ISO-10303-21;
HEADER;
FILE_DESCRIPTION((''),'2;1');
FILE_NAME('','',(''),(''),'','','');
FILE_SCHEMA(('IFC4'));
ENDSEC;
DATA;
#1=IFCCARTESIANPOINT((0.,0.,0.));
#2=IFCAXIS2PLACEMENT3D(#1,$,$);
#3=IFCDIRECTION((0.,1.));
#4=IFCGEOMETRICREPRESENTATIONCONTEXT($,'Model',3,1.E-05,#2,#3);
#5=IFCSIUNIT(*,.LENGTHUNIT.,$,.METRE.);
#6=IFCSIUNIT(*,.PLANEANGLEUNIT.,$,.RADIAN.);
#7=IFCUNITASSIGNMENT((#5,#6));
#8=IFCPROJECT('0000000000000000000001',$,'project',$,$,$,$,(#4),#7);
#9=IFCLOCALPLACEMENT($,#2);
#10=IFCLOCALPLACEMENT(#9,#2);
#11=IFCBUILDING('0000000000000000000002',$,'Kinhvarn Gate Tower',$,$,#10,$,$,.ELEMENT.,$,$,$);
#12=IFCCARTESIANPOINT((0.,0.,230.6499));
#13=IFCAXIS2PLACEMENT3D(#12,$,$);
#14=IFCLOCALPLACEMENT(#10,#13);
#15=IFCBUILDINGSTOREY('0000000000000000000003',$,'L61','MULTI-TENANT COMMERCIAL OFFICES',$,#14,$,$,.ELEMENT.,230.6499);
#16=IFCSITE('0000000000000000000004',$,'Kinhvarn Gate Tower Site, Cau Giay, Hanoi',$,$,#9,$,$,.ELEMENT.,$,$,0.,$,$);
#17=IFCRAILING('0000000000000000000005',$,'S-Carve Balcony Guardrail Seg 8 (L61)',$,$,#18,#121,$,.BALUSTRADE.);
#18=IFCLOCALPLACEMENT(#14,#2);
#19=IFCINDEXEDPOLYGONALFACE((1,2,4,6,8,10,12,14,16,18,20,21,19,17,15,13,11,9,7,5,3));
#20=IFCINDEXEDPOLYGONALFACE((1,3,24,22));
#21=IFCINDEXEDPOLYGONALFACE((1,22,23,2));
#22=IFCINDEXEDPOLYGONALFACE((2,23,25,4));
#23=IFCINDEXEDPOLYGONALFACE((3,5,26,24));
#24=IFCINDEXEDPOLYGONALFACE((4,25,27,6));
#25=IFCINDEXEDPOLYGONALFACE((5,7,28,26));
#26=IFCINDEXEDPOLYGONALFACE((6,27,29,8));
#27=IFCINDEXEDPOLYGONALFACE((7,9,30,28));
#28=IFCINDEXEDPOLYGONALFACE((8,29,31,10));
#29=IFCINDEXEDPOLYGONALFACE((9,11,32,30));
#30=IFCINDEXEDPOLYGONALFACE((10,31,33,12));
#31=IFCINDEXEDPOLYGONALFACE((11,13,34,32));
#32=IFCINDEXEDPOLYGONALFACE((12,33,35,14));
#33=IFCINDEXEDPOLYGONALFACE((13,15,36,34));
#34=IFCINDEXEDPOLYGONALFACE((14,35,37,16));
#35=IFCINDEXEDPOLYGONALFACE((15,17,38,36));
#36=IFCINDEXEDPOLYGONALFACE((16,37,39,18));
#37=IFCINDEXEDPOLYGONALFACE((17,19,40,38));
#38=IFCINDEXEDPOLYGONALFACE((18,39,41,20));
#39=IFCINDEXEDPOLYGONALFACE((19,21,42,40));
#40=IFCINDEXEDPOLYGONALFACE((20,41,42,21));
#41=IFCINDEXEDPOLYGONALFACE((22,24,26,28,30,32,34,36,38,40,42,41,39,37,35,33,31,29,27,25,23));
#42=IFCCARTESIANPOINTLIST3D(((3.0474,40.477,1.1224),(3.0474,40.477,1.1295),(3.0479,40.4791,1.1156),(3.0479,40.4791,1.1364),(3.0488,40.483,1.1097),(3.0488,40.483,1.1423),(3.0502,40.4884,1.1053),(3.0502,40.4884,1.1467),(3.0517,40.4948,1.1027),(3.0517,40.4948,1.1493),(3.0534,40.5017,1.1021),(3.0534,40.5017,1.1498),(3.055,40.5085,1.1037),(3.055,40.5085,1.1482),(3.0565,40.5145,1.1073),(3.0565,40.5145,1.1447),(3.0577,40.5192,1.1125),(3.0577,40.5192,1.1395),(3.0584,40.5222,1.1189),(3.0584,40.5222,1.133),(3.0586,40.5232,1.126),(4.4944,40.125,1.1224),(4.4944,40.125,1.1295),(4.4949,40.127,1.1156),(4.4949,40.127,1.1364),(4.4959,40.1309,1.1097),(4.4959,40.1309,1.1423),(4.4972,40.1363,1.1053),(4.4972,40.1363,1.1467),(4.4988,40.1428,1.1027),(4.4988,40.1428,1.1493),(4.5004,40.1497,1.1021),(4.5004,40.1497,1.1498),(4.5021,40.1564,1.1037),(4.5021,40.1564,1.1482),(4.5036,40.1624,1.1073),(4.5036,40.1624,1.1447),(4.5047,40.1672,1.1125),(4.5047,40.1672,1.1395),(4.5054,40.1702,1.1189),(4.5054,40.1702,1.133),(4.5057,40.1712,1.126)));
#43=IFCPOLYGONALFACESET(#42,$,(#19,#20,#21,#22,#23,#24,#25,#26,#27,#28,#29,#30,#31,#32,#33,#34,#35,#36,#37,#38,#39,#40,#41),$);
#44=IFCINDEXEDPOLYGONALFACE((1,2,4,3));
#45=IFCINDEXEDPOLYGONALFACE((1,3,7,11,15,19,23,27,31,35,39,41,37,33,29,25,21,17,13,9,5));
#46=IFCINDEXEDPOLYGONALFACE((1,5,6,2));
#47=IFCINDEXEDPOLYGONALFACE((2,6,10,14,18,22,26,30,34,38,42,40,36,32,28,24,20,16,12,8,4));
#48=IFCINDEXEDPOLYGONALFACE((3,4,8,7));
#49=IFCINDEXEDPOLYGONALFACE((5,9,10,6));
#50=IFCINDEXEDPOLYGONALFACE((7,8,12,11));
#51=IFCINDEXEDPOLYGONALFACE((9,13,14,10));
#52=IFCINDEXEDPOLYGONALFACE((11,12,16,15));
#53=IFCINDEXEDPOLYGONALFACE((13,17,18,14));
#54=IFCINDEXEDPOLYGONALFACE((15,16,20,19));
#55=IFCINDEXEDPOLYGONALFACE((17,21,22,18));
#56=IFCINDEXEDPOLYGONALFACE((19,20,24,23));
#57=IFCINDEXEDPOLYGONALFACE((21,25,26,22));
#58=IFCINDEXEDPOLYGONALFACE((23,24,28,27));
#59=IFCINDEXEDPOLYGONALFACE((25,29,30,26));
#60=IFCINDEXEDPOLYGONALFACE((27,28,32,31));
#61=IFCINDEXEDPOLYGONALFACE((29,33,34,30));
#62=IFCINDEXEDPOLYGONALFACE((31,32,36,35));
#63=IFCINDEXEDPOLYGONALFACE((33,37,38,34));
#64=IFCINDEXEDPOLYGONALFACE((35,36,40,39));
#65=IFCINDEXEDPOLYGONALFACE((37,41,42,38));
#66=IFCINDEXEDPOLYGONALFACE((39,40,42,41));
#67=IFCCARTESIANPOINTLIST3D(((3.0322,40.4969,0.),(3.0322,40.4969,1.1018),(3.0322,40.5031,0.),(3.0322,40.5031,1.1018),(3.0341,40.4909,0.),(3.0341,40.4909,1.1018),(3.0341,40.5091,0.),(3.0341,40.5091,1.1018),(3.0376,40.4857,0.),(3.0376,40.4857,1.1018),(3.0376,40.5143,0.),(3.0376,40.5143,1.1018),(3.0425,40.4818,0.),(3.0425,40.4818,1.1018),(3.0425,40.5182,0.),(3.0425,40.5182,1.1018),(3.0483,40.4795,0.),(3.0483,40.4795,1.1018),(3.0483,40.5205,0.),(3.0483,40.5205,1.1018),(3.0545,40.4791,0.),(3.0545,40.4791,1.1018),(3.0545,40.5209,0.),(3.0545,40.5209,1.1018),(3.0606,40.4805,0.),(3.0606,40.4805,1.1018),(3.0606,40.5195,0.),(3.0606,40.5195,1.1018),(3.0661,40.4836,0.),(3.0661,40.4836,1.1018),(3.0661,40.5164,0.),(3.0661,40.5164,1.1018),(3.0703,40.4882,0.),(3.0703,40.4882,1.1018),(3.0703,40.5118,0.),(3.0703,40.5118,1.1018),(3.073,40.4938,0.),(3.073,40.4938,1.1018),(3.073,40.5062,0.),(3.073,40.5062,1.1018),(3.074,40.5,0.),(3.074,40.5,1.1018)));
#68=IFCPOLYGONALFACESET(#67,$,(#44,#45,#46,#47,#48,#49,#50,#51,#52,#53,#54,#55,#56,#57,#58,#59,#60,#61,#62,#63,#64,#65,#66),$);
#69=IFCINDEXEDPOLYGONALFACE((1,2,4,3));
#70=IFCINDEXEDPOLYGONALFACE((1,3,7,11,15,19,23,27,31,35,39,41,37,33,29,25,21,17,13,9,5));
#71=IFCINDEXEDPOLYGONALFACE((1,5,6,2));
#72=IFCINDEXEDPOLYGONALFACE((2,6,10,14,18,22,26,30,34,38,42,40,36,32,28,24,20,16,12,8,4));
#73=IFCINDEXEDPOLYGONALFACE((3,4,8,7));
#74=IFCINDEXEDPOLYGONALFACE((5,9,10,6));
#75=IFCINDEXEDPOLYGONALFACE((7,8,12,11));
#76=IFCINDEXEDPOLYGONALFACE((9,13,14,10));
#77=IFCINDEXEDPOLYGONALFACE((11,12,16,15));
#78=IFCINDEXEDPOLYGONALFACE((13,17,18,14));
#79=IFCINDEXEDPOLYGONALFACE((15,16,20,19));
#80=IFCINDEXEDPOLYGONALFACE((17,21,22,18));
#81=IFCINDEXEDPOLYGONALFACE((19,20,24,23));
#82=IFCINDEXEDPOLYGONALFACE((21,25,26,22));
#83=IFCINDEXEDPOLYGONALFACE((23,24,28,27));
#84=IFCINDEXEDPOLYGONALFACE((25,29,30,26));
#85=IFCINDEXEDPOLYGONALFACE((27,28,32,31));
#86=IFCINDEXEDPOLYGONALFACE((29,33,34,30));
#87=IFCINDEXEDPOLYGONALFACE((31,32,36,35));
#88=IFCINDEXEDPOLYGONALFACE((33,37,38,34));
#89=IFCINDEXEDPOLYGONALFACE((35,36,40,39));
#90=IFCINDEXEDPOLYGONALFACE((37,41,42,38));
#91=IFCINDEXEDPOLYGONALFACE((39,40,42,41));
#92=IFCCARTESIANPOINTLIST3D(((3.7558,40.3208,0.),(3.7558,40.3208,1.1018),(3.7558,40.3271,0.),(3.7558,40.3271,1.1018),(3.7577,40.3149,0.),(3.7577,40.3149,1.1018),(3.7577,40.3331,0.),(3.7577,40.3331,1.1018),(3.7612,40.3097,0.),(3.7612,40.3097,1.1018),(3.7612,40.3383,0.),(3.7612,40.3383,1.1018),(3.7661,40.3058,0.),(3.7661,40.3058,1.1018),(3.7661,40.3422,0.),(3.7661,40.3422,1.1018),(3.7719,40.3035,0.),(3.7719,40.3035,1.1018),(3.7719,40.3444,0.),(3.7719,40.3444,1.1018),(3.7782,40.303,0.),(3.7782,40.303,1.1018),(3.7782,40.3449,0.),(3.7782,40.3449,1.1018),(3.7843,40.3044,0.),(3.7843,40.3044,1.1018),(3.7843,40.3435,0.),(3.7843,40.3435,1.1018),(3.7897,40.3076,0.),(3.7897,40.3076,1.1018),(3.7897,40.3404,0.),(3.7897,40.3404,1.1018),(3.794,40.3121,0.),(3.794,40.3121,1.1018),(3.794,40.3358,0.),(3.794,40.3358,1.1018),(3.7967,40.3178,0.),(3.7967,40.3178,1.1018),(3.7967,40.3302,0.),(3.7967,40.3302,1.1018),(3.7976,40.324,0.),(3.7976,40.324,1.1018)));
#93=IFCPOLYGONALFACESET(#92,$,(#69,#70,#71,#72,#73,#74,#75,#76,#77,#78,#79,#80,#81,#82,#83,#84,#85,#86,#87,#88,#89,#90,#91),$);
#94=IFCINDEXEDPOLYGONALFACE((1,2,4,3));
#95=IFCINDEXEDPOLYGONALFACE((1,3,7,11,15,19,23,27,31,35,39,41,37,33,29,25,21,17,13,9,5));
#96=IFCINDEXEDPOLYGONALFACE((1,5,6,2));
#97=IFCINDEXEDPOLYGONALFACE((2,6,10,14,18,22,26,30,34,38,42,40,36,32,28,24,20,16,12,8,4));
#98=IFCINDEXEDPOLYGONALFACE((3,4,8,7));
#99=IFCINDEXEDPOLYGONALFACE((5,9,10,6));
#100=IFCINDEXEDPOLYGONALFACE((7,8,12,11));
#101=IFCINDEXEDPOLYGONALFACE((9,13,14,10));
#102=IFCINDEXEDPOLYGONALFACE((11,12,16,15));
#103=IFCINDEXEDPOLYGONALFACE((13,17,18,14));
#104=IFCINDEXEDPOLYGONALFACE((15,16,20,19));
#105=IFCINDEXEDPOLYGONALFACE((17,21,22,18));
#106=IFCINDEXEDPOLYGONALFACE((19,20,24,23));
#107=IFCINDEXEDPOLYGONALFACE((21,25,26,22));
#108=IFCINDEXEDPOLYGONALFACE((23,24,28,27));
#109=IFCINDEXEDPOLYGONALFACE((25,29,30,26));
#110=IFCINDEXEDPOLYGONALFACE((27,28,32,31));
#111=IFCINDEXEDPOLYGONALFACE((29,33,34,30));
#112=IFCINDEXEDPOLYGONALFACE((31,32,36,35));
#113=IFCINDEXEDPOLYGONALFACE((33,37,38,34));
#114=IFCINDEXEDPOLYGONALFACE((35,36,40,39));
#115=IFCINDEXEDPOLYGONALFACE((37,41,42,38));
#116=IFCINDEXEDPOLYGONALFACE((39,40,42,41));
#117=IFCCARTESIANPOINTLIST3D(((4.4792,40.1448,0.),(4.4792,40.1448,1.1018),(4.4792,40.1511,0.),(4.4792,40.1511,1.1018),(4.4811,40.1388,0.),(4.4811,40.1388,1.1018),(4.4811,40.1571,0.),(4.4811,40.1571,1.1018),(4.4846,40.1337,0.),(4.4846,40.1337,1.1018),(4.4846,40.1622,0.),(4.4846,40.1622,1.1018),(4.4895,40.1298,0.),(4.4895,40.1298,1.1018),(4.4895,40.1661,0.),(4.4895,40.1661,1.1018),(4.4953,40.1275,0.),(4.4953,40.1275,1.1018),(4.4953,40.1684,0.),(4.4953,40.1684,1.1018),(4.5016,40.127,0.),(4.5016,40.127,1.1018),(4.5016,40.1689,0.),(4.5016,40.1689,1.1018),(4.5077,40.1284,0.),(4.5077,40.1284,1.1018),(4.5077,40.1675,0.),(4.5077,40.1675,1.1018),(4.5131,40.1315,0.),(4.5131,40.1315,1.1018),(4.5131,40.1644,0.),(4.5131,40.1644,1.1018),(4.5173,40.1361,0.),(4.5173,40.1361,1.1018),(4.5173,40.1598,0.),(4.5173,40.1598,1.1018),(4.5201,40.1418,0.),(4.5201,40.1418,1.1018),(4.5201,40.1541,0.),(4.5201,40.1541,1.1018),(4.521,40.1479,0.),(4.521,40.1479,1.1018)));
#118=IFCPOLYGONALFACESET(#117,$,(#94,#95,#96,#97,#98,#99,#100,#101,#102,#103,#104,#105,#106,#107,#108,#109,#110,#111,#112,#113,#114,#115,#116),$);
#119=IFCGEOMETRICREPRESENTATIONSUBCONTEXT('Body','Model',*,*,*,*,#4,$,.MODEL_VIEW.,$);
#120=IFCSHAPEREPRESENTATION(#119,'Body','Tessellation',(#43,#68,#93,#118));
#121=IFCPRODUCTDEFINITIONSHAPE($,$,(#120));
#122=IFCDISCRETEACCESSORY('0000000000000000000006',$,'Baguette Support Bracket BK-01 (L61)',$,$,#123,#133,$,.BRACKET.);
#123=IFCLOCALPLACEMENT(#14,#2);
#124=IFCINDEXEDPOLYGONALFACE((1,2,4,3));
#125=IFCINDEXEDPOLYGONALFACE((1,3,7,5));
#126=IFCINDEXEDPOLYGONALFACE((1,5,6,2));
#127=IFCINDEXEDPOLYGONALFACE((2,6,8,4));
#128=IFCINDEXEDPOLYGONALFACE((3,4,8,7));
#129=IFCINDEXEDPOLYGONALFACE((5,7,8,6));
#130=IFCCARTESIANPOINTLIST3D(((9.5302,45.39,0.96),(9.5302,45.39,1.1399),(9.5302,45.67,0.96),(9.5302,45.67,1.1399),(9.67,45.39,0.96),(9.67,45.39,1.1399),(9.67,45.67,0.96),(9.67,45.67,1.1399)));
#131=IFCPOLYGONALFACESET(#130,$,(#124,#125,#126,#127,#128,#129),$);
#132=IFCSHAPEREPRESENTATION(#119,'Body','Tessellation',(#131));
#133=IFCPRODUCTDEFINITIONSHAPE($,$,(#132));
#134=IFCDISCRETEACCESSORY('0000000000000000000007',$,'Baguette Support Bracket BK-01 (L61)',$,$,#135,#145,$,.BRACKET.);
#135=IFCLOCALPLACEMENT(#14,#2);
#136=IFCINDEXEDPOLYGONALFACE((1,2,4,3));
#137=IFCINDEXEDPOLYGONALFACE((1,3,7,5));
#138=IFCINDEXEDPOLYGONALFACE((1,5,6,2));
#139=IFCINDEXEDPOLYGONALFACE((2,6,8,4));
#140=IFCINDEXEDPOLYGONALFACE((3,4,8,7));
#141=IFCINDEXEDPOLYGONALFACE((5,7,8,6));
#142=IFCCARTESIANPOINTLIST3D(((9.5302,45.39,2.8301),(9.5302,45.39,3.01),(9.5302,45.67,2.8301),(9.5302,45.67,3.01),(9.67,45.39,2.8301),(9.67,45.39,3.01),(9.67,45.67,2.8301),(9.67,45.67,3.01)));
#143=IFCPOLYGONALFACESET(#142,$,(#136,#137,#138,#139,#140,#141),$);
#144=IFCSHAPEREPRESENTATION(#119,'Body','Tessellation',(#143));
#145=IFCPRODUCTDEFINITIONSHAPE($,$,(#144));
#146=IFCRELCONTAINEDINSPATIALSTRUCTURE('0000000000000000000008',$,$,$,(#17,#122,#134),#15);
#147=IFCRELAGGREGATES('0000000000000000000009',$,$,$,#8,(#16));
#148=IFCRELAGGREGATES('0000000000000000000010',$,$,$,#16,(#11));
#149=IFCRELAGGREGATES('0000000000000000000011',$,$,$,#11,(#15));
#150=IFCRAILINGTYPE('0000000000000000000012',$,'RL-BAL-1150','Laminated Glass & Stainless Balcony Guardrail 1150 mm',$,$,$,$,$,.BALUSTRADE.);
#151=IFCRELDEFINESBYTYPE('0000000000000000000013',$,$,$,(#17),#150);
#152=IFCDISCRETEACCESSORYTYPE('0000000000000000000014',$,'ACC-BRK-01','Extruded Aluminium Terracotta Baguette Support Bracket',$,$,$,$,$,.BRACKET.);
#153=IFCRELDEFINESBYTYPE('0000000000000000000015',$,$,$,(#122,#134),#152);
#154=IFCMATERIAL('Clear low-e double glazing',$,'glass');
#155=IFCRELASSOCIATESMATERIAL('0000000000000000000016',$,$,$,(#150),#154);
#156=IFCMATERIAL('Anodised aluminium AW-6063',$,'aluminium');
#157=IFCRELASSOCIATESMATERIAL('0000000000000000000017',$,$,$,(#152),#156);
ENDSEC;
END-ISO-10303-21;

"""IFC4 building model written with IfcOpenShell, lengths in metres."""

from ifc_helpers import new_model, si_unit, direction, frame, origin, origin_2d, place, context, subcontext, project, spatial, rectangle, circle, extrude, material, type_object, element, save


model = new_model("IFC4")

# Units and contexts
model_context = context("Model", 3, precision=1e-05, world=origin(), true_north=direction((0.0, 1.0)))
body_context = subcontext(model_context, "Body", "Model", "MODEL_VIEW")
ifc_project = project(units=[si_unit("LENGTHUNIT", "METRE"), si_unit("PLANEANGLEUNIT", "RADIAN")], contexts=[model_context])

# Site, building, storey
site_placement = place(None, origin())
site = spatial("IfcSite", under=ifc_project, at=site_placement, Name="Kinhvarn Gate Tower Site, Cau Giay, Hanoi", CompositionType="ELEMENT", RefElevation=0.0)
building_placement = place(site_placement, origin())
building = spatial("IfcBuilding", under=site, at=building_placement, Name="Kinhvarn Gate Tower", CompositionType="ELEMENT")
storey_placement = place(building_placement, frame((0.0, 0.0, 230.6499)))
storey = spatial("IfcBuildingStorey", under=building, at=storey_placement, Name="L61", Description="MULTI-TENANT COMMERCIAL OFFICES", CompositionType="ELEMENT", Elevation=230.6499)

# Shared definitions
ifc_material_1 = material(Name="Anodised aluminium AW-6063", Category="aluminium")

# Shared definitions
ifc_material_2 = material(Name="Clear low-e double glazing", Category="glass")

# Railing
railing_type = type_object("IfcRailingType", Name="RL-BAL-1150", Description="Laminated Glass & Stainless Balcony Guardrail 1150 mm", PredefinedType="BALUSTRADE", material=ifc_material_2)
railing_1_placement = place(storey_placement, frame((3.053, 40.5, 0.0)))
element("IfcRailing", 1, at=railing_1_placement, inside=storey, type_object=railing_type, Name="S-Carve Balcony Guardrail Seg 8 (L61)", PredefinedType="BALUSTRADE", context=body_context, shape_type="SweptSolid", body=[
    extrude(circle(Radius=0.0239, at=origin_2d()), frame((0.0, 0.0, 1.126), z_axis=(0.971656, -0.236398, 0.0), x_axis=(0.236398, 0.971656, 0.0)), (0.0, 0.0, 1.0), 1.4893),
    extrude(circle(Radius=0.021, at=origin_2d()), origin(), (0.0, 0.0, 1.0), 1.1018),
    extrude(circle(Radius=0.021, at=origin_2d()), frame((0.7236, -0.176, 0.0)), (0.0, 0.0, 1.0), 1.1018),
    extrude(circle(Radius=0.021, at=origin_2d()), frame((1.447, -0.3521, 0.0)), (0.0, 0.0, 1.0), 1.1018),
])

# Discrete accessories
discrete_accessory_type = type_object("IfcDiscreteAccessoryType", Name="ACC-BRK-01", Description="Extruded Aluminium Terracotta Baguette Support Bracket", PredefinedType="BRACKET", material=ifc_material_1)
for number, where, z_axis, x_axis, name in (
    (2, (9.6001, 45.53, 0.96), (0.0, 0.0, 1.0), (-1.0, 0.0, 0.0), "Baguette Support Bracket BK-01 (L61)"),
    (3, (9.6001, 45.53, 2.8301), (0.0, 0.0, 1.0), (-1.0, 0.0, 0.0), "Baguette Support Bracket BK-01 (L61)"),
):
    element("IfcDiscreteAccessory", number, at=place(storey_placement, frame(where, z_axis=z_axis, x_axis=x_axis)), inside=storey, type_object=discrete_accessory_type, Name=name, PredefinedType="BRACKET", context=body_context, shape_type="SweptSolid", body=[
        extrude(rectangle(XDim=0.1399, YDim=0.28, at=origin_2d()), origin(), (0.0, 0.0, 1.0), 0.1799),
    ])

save(model, "model.ifc")
